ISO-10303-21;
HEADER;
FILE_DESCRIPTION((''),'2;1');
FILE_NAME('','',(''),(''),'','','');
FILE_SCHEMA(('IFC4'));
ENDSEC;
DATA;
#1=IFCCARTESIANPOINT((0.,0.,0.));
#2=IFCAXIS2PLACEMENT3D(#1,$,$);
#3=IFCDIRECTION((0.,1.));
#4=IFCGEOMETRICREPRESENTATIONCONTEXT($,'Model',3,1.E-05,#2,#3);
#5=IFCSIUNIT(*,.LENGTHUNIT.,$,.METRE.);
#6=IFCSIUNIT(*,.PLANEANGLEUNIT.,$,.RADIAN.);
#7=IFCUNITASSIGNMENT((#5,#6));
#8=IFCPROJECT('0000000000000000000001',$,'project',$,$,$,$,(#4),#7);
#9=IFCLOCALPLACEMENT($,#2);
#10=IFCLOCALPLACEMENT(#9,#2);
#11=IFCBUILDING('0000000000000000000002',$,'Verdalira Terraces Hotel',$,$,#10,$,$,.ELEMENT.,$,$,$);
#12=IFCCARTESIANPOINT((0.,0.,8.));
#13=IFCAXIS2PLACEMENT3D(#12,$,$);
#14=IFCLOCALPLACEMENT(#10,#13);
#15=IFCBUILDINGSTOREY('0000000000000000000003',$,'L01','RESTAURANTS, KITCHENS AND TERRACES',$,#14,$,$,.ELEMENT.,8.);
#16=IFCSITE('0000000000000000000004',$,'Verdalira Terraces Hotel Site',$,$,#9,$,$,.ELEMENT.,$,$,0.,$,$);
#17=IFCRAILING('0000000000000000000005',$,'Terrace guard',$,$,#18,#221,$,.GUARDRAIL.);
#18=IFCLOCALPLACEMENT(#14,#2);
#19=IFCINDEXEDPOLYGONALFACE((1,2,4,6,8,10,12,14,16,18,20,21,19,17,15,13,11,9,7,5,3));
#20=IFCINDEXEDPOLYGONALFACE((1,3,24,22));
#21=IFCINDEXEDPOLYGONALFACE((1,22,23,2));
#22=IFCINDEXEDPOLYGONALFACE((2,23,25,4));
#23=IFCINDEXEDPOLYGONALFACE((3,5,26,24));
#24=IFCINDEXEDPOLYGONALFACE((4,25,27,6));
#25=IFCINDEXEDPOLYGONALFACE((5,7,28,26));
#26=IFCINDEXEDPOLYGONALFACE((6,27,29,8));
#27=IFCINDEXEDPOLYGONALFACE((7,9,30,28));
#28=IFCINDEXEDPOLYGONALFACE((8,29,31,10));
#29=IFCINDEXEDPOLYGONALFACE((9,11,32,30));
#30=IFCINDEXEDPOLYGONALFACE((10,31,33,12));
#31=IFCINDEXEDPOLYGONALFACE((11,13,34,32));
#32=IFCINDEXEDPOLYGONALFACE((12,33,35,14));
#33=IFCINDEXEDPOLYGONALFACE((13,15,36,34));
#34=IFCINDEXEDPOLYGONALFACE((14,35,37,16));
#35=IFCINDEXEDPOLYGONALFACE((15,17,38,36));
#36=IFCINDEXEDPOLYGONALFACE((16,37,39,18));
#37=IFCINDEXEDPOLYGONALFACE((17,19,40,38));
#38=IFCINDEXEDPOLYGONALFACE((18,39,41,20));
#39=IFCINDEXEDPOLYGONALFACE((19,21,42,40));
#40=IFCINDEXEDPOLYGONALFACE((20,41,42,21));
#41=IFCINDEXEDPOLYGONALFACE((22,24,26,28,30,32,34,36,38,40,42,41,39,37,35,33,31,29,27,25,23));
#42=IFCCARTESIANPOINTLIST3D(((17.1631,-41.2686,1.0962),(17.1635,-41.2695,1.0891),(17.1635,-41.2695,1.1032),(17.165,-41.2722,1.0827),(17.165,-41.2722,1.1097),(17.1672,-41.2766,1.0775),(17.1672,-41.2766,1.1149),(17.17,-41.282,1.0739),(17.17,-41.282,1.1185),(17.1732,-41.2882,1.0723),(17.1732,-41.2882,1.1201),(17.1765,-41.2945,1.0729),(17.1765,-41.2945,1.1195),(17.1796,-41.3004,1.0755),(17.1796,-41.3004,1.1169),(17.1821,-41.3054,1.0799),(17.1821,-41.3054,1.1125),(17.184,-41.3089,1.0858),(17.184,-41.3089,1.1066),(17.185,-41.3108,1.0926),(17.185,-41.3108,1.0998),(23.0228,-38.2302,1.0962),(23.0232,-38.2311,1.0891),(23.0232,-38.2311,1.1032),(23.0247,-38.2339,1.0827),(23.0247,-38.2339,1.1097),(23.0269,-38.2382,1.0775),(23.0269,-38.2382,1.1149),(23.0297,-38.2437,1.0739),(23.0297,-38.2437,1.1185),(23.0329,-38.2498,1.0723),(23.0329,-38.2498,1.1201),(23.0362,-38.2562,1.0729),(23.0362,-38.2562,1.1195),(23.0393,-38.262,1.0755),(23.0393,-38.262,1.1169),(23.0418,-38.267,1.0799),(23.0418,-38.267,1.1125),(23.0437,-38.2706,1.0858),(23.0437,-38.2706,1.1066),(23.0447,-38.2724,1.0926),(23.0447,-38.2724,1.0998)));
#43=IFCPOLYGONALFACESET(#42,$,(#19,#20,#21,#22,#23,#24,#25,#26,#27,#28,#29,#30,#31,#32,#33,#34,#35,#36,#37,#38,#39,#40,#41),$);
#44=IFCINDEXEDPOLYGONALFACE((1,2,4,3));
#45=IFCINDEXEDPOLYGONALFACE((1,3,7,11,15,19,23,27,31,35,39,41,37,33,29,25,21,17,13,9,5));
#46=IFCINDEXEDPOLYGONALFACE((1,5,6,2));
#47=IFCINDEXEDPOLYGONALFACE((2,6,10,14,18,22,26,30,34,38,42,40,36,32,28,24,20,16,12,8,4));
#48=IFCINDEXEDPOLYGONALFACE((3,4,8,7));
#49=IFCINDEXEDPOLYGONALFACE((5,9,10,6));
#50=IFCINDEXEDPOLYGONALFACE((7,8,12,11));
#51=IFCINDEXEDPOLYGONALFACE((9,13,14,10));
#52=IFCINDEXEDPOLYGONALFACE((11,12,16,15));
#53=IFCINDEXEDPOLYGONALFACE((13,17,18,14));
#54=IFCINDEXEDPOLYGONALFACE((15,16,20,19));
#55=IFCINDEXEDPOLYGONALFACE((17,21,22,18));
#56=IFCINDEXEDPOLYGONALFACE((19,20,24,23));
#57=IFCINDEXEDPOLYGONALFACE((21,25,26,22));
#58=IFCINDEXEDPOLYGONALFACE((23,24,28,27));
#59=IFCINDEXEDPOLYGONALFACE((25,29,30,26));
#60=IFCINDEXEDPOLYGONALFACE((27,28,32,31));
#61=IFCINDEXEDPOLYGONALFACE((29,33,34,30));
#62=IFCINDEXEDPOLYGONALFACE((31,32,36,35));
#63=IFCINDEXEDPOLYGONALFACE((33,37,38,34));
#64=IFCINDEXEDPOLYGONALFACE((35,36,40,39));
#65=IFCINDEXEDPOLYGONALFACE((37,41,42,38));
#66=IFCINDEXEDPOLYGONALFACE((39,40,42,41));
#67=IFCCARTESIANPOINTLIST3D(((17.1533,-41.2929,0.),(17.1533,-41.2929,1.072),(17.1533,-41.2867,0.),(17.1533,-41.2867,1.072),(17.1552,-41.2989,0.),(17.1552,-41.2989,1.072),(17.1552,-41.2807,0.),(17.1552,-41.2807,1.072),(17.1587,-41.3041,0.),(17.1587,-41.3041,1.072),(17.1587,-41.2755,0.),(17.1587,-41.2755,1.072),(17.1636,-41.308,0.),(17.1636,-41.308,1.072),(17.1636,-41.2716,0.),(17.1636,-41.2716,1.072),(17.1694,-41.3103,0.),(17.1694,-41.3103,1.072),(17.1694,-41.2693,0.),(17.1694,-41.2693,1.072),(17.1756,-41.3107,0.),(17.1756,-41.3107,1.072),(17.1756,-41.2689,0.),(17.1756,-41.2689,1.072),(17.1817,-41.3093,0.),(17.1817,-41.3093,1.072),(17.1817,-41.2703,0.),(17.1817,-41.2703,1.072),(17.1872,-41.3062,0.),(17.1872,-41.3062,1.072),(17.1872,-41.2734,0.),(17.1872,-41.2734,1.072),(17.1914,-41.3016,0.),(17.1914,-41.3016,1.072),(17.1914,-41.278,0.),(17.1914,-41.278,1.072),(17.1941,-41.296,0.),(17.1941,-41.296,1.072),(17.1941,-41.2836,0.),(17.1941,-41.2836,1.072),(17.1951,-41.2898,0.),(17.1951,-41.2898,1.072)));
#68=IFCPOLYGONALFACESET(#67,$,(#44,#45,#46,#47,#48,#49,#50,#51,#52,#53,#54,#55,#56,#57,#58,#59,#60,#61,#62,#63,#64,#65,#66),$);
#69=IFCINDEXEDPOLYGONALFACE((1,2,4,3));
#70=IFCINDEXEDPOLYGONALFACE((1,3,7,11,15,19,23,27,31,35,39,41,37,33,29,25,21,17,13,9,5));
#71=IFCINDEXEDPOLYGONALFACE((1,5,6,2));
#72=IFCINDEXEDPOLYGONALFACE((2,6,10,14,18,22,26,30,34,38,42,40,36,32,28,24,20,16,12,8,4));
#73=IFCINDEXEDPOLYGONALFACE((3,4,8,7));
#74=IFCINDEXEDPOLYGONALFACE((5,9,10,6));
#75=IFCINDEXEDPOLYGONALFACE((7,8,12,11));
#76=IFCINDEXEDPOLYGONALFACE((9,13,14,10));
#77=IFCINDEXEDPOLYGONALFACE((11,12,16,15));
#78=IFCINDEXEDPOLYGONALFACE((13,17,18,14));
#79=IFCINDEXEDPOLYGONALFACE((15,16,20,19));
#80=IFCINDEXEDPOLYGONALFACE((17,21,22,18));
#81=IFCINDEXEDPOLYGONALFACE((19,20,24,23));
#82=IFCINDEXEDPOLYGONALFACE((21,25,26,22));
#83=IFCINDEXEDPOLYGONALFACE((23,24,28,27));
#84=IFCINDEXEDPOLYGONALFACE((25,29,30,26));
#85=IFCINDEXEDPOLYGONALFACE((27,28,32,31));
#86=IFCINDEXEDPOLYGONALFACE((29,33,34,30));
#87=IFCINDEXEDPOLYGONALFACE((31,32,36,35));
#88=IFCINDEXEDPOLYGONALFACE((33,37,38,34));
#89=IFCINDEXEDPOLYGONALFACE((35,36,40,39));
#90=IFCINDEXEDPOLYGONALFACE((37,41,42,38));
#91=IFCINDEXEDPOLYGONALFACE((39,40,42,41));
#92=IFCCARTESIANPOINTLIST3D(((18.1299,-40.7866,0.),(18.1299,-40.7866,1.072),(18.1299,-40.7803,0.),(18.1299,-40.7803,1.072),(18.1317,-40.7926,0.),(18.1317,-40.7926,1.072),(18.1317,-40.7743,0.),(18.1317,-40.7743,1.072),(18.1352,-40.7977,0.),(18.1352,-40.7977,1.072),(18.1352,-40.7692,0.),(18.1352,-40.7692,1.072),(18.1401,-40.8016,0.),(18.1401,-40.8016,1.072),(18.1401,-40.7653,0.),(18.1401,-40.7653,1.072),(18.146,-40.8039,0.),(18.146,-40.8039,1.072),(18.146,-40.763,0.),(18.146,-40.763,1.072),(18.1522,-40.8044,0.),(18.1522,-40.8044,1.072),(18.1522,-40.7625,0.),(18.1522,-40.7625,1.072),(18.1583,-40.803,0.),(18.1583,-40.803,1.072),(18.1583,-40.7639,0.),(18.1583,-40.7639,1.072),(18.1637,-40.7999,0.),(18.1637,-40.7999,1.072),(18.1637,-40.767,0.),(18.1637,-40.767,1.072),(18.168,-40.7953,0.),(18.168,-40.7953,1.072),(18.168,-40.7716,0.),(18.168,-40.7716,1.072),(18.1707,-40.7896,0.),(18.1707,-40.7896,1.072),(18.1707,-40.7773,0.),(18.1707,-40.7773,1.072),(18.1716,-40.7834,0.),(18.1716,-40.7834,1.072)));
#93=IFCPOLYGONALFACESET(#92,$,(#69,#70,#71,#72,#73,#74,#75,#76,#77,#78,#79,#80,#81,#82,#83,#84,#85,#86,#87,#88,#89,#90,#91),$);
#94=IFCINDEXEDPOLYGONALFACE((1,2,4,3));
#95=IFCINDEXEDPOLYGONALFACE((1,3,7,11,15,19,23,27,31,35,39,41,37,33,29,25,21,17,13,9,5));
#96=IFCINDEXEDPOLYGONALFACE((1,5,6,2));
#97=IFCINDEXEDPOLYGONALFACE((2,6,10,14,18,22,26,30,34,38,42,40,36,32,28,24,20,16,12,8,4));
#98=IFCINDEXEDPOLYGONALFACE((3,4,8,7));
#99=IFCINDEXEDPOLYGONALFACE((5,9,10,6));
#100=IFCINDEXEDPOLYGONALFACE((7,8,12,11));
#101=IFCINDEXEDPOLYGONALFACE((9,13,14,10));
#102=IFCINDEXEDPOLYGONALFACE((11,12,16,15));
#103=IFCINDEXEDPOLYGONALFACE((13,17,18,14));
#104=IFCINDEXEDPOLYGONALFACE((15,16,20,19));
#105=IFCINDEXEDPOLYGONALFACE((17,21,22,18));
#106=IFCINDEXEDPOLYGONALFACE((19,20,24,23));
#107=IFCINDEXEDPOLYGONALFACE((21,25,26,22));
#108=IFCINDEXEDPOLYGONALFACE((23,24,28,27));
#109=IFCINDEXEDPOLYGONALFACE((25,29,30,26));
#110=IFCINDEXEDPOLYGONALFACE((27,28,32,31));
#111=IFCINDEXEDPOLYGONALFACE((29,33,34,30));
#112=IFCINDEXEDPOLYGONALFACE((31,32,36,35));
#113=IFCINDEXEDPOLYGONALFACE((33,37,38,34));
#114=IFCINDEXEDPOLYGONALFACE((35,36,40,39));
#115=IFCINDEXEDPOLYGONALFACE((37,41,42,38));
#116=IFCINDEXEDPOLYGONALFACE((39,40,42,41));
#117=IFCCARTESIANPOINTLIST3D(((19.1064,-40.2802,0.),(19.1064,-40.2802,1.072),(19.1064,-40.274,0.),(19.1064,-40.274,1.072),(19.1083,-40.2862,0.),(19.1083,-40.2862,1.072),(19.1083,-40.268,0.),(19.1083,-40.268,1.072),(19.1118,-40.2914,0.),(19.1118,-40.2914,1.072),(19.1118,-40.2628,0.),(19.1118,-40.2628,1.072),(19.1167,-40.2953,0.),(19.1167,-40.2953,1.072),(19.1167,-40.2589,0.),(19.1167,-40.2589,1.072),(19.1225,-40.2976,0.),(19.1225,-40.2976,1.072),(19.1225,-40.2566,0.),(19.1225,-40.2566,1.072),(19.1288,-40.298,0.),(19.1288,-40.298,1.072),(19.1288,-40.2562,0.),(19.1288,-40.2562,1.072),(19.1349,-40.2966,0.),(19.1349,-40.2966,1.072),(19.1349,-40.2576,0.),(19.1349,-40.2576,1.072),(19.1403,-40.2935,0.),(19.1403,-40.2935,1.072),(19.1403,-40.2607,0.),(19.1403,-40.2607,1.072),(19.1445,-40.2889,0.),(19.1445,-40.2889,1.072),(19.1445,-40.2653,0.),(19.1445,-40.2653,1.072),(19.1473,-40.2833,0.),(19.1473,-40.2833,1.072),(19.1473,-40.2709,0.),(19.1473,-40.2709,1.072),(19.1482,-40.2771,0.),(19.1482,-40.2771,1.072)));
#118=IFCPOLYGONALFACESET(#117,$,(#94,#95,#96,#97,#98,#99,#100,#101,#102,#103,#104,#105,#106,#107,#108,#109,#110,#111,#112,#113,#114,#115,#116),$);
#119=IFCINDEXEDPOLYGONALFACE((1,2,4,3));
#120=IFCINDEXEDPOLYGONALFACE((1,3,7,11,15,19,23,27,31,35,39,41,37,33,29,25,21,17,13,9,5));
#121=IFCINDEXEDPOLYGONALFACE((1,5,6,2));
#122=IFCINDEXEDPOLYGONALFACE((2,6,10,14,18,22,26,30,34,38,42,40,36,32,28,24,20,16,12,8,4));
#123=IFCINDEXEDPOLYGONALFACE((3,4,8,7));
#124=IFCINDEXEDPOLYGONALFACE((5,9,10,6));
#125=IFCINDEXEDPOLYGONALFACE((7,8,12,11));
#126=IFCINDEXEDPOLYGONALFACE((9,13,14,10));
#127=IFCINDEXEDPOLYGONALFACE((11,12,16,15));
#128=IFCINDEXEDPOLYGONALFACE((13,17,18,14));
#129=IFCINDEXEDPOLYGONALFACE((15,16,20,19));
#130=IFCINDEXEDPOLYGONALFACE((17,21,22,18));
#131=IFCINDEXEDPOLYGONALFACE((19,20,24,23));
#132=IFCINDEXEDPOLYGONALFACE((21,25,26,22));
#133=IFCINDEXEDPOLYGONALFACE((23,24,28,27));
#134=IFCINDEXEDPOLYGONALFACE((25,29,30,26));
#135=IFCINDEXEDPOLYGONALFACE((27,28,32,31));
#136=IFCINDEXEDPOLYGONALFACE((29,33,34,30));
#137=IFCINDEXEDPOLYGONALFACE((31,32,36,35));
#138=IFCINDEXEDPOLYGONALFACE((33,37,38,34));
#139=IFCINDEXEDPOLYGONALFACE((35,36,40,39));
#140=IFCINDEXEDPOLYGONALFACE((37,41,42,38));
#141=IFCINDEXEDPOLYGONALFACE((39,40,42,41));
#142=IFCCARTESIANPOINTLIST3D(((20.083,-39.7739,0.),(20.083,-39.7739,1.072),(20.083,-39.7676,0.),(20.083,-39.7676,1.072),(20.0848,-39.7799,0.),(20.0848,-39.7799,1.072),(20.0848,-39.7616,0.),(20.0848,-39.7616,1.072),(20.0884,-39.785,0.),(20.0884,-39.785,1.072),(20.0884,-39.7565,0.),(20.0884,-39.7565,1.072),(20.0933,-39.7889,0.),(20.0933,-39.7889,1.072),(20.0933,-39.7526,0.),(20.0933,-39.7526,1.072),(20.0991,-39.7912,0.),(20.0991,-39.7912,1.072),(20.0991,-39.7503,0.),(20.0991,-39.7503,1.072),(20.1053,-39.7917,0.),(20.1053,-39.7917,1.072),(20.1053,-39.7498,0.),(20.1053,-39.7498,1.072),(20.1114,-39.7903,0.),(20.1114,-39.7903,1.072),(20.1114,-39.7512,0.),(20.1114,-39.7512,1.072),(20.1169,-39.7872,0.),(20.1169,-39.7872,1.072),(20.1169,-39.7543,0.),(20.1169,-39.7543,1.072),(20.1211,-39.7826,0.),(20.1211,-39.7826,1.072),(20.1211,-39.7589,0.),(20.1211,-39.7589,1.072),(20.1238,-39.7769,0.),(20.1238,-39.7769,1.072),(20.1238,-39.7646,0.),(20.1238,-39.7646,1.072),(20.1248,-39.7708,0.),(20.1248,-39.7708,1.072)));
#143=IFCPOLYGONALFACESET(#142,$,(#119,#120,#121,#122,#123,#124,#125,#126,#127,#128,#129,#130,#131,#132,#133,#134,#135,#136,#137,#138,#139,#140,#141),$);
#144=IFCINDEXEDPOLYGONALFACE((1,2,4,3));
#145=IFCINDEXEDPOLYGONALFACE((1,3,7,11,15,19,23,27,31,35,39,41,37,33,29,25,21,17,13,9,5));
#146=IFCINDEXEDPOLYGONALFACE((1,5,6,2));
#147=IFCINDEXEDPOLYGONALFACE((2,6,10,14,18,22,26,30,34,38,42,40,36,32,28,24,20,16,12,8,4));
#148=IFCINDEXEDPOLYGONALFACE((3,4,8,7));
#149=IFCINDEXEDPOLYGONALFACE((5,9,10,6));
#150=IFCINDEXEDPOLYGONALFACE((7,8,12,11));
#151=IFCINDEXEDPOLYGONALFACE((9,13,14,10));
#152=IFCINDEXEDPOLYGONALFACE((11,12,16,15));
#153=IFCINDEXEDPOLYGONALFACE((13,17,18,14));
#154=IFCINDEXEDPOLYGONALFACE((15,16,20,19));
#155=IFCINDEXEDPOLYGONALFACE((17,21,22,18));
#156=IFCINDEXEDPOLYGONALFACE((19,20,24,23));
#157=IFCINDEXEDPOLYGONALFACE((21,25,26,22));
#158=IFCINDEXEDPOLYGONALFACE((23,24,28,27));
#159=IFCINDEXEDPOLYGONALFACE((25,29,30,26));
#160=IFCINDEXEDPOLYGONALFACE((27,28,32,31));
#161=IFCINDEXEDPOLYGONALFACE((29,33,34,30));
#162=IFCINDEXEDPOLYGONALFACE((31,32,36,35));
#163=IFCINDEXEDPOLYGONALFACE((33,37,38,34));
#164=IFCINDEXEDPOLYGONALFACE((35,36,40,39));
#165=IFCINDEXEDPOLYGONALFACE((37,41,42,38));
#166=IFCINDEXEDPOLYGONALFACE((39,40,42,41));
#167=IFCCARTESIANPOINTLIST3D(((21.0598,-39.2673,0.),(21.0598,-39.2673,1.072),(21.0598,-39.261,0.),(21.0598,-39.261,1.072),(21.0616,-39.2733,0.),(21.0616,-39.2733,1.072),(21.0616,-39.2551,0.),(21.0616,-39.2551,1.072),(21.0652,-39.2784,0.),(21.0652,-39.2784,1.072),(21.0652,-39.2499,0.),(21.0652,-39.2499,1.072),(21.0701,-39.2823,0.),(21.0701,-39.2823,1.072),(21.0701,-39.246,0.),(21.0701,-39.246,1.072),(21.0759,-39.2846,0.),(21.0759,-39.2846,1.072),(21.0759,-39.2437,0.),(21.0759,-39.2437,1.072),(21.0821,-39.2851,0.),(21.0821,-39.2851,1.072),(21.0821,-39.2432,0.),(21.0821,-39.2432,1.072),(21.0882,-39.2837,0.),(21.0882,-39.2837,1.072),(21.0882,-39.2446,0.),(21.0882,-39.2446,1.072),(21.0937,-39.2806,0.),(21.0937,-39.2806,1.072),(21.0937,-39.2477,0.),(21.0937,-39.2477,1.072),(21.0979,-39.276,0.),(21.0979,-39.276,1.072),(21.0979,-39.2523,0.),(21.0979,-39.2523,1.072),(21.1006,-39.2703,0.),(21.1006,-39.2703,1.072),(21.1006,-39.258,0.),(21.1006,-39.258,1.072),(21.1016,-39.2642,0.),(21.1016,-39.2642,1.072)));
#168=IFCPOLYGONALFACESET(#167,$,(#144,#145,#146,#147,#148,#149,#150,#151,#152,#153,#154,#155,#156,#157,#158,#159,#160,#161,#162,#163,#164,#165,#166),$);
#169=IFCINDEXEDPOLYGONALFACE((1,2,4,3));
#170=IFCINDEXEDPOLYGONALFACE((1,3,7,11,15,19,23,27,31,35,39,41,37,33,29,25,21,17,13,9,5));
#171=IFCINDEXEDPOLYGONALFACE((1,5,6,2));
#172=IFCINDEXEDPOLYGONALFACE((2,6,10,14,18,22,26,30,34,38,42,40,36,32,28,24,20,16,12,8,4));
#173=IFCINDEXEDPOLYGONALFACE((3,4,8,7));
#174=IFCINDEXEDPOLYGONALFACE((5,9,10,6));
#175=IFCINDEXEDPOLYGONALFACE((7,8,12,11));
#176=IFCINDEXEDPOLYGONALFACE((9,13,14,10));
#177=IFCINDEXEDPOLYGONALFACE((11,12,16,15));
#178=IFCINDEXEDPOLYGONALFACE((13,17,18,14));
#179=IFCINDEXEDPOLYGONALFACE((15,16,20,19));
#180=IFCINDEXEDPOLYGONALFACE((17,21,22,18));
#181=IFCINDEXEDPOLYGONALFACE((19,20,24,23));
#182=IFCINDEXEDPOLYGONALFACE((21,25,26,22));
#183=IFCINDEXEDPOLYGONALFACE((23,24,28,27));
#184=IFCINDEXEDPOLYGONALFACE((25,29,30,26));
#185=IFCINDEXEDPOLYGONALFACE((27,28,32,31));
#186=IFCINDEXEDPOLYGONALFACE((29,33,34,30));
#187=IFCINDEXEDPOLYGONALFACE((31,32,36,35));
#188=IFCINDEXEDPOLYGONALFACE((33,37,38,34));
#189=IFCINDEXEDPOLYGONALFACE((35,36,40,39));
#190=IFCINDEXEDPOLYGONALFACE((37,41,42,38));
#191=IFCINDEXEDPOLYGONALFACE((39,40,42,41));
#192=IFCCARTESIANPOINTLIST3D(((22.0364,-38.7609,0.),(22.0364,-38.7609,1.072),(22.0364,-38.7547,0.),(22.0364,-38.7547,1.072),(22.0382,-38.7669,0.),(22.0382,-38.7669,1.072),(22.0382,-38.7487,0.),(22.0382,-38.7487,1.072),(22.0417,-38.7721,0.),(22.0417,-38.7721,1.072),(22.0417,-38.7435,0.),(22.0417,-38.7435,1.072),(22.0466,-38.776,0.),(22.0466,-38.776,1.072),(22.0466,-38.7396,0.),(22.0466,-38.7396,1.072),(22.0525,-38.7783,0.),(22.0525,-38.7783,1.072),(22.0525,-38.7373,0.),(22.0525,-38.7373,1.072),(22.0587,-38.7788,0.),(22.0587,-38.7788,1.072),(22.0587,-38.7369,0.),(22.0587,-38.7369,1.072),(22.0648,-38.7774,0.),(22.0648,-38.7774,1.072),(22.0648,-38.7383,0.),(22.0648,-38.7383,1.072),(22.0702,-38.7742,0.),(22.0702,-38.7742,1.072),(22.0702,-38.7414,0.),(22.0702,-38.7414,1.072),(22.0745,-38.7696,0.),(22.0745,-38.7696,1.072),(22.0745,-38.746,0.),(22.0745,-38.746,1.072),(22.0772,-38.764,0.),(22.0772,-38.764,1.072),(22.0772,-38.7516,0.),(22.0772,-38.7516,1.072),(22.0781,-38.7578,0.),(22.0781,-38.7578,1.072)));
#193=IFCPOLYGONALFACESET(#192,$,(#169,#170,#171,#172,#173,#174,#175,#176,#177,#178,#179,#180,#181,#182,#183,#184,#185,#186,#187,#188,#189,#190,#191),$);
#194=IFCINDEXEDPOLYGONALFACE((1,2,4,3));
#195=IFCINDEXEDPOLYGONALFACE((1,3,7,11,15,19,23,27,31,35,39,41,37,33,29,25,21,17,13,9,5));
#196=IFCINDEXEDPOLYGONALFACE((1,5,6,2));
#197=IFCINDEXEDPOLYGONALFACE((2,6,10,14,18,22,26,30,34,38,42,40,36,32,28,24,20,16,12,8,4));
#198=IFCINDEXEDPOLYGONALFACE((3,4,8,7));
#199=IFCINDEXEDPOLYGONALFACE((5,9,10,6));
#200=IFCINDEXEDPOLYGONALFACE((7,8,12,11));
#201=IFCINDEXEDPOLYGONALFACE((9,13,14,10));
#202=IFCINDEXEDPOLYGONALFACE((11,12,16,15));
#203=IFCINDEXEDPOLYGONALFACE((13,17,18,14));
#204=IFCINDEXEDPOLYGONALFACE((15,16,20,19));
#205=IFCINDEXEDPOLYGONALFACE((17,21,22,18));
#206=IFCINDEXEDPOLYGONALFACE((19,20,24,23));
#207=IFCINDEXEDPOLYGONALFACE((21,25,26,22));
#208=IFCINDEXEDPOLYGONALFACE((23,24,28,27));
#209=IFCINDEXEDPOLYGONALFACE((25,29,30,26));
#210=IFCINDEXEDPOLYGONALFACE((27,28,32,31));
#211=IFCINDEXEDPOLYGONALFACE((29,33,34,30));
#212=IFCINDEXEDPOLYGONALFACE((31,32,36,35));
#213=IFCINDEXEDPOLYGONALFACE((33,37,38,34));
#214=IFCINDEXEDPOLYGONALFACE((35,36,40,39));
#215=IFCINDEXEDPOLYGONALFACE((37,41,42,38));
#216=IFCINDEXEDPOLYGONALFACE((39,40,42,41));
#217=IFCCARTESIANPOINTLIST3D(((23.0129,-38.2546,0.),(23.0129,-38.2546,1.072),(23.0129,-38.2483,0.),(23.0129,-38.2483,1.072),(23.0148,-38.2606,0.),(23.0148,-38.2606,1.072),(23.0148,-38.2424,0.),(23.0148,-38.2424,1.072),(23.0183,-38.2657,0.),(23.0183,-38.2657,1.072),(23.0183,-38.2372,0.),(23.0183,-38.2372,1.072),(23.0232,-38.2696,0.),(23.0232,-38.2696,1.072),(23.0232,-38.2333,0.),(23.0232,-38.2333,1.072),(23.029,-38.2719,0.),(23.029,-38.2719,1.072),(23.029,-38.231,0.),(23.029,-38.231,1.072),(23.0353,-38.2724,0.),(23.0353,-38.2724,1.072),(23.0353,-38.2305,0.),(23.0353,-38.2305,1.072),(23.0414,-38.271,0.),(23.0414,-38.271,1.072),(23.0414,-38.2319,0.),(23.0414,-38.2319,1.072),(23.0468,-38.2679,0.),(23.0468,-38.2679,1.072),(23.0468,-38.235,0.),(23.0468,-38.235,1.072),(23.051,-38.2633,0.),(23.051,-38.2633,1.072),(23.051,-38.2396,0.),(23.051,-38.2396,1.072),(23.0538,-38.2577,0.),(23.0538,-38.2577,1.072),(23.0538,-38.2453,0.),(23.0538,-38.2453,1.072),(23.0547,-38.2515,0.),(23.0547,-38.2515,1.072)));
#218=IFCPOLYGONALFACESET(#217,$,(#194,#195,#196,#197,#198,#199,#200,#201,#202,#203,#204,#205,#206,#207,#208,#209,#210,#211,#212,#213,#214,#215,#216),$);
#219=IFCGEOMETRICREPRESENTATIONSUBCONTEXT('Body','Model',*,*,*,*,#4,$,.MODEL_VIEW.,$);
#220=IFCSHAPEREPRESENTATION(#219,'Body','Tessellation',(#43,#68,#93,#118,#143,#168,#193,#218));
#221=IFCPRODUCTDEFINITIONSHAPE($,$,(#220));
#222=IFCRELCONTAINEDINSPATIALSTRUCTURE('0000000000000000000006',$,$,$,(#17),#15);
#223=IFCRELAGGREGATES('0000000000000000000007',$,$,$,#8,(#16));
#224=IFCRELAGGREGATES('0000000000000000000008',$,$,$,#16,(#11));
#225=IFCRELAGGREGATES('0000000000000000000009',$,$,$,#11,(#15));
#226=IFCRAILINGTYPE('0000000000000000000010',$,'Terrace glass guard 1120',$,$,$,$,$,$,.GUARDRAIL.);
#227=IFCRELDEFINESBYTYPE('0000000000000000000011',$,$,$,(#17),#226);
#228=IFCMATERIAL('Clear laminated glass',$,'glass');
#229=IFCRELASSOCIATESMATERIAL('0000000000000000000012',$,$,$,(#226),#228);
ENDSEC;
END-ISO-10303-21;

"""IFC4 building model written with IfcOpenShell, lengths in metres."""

from ifc_helpers import new_model, si_unit, direction, frame, origin, origin_2d, place, context, subcontext, project, spatial, circle, extrude, material, type_object, element, save


model = new_model("IFC4")

# Units and contexts
model_context = context("Model", 3, precision=1e-05, world=origin(), true_north=direction((0.0, 1.0)))
body_context = subcontext(model_context, "Body", "Model", "MODEL_VIEW")
ifc_project = project(units=[si_unit("LENGTHUNIT", "METRE"), si_unit("PLANEANGLEUNIT", "RADIAN")], contexts=[model_context])

# Site, building, storey
site_placement = place(None, origin())
site = spatial("IfcSite", under=ifc_project, at=site_placement, Name="Verdalira Terraces Hotel Site", CompositionType="ELEMENT", RefElevation=0.0)
building_placement = place(site_placement, origin())
building = spatial("IfcBuilding", under=site, at=building_placement, Name="Verdalira Terraces Hotel", CompositionType="ELEMENT")
storey_placement = place(building_placement, frame((0.0, 0.0, 8.0)))
storey = spatial("IfcBuildingStorey", under=building, at=storey_placement, Name="L01", Description="RESTAURANTS, KITCHENS AND TERRACES", CompositionType="ELEMENT", Elevation=8.0)

# Railing
ifc_material_1 = material(Name="Clear laminated glass", Category="glass")
railing_type = type_object("IfcRailingType", Name="Terrace glass guard 1120", PredefinedType="GUARDRAIL", material=ifc_material_1)
railing_1_placement = place(storey_placement, frame((17.1741, -41.2898, 0.0)))
element("IfcRailing", 1, at=railing_1_placement, inside=storey, type_object=railing_type, Name="Terrace guard", PredefinedType="GUARDRAIL", context=body_context, shape_type="SweptSolid", body=[
    extrude(circle(Radius=0.0239, at=origin_2d()), frame((0.0, 0.0, 1.0962), z_axis=(0.887754, 0.460318, 0.0), x_axis=(-0.460318, 0.887754, 0.0)), (0.0, 0.0, 1.0), 6.6006),
    extrude(circle(Radius=0.021, at=origin_2d()), origin(), (0.0, 0.0, 1.0), 1.072),
    extrude(circle(Radius=0.021, at=origin_2d()), frame((0.9766, 0.5063, 0.0)), (0.0, 0.0, 1.0), 1.072),
    extrude(circle(Radius=0.021, at=origin_2d()), frame((1.9531, 1.0127, 0.0)), (0.0, 0.0, 1.0), 1.072),
    extrude(circle(Radius=0.021, at=origin_2d()), frame((2.9297, 1.519, 0.0)), (0.0, 0.0, 1.0), 1.072),
    extrude(circle(Radius=0.021, at=origin_2d()), frame((3.9065, 2.0256, 0.0)), (0.0, 0.0, 1.0), 1.072),
    extrude(circle(Radius=0.021, at=origin_2d()), frame((4.8831, 2.532, 0.0)), (0.0, 0.0, 1.0), 1.072),
    extrude(circle(Radius=0.021, at=origin_2d()), frame((5.8596, 3.0383, 0.0)), (0.0, 0.0, 1.0), 1.072),
])

save(model, "model.ifc")
